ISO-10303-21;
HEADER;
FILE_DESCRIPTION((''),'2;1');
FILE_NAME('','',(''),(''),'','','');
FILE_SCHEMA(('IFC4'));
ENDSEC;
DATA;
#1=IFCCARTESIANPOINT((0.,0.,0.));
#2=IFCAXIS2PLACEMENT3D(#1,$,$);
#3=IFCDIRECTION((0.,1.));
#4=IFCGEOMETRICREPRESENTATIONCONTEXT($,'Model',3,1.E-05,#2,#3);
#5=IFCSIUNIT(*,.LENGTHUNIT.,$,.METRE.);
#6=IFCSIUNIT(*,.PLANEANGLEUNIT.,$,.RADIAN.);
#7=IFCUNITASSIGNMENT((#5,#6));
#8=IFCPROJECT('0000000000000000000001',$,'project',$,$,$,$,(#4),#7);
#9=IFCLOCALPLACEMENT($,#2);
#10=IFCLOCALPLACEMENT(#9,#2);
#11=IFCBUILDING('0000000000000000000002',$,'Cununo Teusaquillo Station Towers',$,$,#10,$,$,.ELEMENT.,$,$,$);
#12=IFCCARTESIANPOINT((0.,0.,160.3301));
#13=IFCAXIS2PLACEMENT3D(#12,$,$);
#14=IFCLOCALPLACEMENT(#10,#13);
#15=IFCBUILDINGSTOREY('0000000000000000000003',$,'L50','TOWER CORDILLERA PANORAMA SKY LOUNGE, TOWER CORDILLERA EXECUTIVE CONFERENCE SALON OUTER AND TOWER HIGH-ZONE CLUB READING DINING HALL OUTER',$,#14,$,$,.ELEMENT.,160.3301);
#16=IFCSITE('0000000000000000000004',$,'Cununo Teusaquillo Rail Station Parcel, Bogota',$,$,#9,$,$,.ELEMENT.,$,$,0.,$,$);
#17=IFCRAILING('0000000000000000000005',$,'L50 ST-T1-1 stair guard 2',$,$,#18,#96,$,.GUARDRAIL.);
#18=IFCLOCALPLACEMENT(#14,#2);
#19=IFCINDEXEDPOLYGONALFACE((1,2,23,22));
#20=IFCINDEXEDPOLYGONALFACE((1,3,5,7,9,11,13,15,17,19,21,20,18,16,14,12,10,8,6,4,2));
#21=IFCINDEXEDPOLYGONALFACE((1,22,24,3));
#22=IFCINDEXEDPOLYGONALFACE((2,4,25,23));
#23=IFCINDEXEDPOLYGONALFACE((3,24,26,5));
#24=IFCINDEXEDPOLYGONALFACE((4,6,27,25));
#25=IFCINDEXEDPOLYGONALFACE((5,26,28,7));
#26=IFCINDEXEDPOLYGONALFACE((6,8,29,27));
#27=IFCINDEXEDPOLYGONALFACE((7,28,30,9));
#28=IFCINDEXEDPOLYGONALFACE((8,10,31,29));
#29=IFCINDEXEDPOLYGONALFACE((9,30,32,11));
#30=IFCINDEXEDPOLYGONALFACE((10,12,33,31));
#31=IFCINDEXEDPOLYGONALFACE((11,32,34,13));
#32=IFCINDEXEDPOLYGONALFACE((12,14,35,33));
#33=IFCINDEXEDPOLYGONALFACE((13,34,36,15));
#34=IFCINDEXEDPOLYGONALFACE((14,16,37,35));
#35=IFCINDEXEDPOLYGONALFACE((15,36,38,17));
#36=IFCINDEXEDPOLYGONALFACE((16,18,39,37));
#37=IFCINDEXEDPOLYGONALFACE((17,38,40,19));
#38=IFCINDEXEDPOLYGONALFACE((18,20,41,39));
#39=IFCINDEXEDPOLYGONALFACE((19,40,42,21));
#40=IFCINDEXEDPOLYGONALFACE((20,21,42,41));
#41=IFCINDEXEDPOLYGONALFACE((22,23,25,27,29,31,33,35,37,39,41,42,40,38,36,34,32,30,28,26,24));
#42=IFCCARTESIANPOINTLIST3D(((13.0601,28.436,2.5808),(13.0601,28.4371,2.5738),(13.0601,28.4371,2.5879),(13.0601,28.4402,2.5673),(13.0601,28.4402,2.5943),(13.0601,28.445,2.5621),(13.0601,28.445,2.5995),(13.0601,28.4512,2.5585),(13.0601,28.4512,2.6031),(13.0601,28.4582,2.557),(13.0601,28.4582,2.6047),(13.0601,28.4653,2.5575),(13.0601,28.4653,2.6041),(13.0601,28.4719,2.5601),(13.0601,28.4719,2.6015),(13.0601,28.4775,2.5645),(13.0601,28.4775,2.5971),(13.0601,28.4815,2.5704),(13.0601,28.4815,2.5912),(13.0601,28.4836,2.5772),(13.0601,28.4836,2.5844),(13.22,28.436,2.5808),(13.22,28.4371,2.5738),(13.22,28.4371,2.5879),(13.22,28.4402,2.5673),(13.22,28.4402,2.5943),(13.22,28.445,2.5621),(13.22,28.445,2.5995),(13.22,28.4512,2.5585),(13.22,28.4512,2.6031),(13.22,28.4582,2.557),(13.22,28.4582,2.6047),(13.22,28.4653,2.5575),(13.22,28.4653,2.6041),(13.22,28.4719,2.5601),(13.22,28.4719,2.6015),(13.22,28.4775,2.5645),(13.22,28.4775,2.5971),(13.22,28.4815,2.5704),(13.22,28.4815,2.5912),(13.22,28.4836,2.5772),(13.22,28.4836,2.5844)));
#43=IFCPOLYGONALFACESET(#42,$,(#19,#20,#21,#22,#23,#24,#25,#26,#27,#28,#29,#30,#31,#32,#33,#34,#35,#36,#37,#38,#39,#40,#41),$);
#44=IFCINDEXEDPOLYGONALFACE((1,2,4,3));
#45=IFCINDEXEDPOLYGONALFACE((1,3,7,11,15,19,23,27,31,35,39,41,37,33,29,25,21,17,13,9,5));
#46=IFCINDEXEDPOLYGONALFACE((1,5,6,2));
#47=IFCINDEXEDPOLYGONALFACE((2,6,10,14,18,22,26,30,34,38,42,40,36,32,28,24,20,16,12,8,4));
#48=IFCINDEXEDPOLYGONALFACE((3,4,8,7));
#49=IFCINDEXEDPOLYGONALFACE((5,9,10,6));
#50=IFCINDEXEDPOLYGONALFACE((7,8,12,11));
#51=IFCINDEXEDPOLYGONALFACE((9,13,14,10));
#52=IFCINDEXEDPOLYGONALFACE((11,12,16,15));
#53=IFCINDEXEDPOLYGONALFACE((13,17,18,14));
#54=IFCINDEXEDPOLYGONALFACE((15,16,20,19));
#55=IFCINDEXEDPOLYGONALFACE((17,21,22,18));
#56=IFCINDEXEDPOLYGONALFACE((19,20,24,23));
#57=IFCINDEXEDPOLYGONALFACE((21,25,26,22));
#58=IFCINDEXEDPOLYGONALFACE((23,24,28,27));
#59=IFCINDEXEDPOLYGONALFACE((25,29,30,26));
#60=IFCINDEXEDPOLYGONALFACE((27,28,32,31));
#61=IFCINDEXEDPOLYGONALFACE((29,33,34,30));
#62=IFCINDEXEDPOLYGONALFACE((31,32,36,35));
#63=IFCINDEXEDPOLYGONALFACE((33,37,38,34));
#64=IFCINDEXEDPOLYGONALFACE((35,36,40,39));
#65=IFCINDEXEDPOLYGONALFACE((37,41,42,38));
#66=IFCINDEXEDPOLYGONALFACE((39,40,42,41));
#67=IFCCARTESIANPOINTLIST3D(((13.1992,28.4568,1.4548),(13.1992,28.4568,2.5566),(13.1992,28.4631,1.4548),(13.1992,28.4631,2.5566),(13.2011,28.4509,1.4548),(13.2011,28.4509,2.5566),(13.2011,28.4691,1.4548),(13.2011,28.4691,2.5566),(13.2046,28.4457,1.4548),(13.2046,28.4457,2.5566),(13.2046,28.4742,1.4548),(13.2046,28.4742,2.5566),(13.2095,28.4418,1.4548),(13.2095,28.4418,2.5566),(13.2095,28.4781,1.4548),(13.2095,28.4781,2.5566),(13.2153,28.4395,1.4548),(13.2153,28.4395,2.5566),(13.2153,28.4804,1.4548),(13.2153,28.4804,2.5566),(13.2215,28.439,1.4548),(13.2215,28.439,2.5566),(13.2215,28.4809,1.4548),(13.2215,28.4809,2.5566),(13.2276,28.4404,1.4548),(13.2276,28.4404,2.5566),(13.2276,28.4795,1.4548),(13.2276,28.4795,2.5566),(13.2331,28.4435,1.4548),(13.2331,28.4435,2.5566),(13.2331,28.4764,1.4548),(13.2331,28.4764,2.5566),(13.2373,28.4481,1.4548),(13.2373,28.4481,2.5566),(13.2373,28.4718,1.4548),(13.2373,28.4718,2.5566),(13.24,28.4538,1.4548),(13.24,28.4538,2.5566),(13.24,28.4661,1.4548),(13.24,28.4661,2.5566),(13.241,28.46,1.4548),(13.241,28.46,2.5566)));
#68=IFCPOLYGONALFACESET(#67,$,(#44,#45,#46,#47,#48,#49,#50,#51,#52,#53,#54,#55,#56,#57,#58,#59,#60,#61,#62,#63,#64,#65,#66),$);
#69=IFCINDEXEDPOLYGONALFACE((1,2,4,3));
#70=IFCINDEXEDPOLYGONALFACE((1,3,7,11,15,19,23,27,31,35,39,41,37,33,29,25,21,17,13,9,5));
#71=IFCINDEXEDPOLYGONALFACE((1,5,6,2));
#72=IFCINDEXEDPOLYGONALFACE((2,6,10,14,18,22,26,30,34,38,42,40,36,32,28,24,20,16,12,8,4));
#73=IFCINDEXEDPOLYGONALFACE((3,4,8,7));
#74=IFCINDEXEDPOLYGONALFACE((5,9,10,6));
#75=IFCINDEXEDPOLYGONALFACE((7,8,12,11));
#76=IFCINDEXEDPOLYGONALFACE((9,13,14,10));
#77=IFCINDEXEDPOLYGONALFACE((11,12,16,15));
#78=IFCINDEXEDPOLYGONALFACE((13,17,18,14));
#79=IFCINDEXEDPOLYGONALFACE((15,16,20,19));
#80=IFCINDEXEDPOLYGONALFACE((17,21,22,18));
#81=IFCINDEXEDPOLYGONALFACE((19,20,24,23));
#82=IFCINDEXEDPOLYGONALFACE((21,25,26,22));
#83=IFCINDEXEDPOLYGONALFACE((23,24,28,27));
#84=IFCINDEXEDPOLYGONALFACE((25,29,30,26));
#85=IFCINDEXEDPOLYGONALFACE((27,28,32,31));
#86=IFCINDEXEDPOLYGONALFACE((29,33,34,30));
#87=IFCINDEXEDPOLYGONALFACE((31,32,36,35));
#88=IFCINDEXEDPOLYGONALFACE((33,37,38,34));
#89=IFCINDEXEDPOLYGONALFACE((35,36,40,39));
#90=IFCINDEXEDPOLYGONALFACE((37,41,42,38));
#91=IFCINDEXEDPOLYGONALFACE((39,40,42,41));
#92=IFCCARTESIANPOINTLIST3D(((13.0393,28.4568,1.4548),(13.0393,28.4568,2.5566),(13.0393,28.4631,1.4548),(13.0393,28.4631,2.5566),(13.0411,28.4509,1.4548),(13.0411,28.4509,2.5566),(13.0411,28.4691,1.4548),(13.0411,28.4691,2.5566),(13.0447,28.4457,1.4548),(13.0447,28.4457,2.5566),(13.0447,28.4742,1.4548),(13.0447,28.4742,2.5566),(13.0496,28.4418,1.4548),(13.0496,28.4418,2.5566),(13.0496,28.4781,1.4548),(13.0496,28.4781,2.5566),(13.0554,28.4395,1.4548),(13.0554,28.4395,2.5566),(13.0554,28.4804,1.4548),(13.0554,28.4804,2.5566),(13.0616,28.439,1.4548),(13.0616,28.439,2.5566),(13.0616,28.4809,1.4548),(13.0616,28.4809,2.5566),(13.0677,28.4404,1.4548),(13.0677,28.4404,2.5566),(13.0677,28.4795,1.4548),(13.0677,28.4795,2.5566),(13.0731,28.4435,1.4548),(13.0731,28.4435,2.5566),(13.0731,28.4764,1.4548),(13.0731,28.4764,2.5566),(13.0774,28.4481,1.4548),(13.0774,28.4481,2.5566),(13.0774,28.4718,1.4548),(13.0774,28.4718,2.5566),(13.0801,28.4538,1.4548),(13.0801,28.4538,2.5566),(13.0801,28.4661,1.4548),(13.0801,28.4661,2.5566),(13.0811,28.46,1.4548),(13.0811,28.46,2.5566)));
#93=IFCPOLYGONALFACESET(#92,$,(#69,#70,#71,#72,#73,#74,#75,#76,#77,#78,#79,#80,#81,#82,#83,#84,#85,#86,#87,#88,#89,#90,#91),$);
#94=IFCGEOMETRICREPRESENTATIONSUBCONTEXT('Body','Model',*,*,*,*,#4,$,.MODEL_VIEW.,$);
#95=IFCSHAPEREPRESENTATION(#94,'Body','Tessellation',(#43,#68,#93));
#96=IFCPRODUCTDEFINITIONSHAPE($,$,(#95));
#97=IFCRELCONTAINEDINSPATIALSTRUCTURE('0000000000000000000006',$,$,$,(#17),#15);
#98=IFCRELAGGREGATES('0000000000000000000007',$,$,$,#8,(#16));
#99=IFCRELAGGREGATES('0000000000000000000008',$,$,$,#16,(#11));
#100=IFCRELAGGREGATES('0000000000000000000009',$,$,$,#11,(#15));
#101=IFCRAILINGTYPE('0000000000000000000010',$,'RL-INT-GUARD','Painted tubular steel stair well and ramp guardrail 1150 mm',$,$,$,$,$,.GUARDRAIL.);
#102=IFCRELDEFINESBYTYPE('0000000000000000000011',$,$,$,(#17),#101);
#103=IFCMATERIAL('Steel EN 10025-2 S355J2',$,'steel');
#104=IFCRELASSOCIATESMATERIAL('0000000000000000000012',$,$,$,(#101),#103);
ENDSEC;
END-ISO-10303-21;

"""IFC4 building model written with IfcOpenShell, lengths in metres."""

from ifc_helpers import new_model, si_unit, direction, frame, origin, origin_2d, place, context, subcontext, project, spatial, circle, extrude, material, type_object, element, save


model = new_model("IFC4")

# Units and contexts
model_context = context("Model", 3, precision=1e-05, world=origin(), true_north=direction((0.0, 1.0)))
body_context = subcontext(model_context, "Body", "Model", "MODEL_VIEW")
ifc_project = project(units=[si_unit("LENGTHUNIT", "METRE"), si_unit("PLANEANGLEUNIT", "RADIAN")], contexts=[model_context])

# Site, building, storey
site_placement = place(None, origin())
site = spatial("IfcSite", under=ifc_project, at=site_placement, Name="Cununo Teusaquillo Rail Station Parcel, Bogota", CompositionType="ELEMENT", RefElevation=0.0)
building_placement = place(site_placement, origin())
building = spatial("IfcBuilding", under=site, at=building_placement, Name="Cununo Teusaquillo Station Towers", CompositionType="ELEMENT")
storey_placement = place(building_placement, frame((0.0, 0.0, 160.3301)))
storey = spatial("IfcBuildingStorey", under=building, at=storey_placement, Name="L50", Description="TOWER CORDILLERA PANORAMA SKY LOUNGE, TOWER CORDILLERA EXECUTIVE CONFERENCE SALON OUTER AND TOWER HIGH-ZONE CLUB READING DINING HALL OUTER", CompositionType="ELEMENT", Elevation=160.3301)

# Railing
ifc_material_1 = material(Name="Steel EN 10025-2 S355J2", Category="steel")
railing_type_1 = type_object("IfcRailingType", Name="RL-INT-GUARD", Description="Painted tubular steel stair well and ramp guardrail 1150 mm", PredefinedType="GUARDRAIL", material=ifc_material_1)
railing_1_placement = place(storey_placement, frame((13.22, 28.46, 1.4548)))
element("IfcRailing", 1, at=railing_1_placement, inside=storey, type_object=railing_type_1, Name="L50 ST-T1-1 stair guard 2", PredefinedType="GUARDRAIL", context=body_context, shape_type="SweptSolid", body=[
    extrude(circle(Radius=0.0239, at=origin_2d()), frame((0.0, 0.0, 1.126), z_axis=(-1.0, 0.0, 0.0), x_axis=(0.0, -1.0, 0.0)), (0.0, 0.0, 1.0), 0.1599),
    extrude(circle(Radius=0.021, at=origin_2d()), origin(), (0.0, 0.0, 1.0), 1.1018),
    extrude(circle(Radius=0.021, at=origin_2d()), frame((-0.1599, 0.0, 0.0)), (0.0, 0.0, 1.0), 1.1018),
])

save(model, "model.ifc")
